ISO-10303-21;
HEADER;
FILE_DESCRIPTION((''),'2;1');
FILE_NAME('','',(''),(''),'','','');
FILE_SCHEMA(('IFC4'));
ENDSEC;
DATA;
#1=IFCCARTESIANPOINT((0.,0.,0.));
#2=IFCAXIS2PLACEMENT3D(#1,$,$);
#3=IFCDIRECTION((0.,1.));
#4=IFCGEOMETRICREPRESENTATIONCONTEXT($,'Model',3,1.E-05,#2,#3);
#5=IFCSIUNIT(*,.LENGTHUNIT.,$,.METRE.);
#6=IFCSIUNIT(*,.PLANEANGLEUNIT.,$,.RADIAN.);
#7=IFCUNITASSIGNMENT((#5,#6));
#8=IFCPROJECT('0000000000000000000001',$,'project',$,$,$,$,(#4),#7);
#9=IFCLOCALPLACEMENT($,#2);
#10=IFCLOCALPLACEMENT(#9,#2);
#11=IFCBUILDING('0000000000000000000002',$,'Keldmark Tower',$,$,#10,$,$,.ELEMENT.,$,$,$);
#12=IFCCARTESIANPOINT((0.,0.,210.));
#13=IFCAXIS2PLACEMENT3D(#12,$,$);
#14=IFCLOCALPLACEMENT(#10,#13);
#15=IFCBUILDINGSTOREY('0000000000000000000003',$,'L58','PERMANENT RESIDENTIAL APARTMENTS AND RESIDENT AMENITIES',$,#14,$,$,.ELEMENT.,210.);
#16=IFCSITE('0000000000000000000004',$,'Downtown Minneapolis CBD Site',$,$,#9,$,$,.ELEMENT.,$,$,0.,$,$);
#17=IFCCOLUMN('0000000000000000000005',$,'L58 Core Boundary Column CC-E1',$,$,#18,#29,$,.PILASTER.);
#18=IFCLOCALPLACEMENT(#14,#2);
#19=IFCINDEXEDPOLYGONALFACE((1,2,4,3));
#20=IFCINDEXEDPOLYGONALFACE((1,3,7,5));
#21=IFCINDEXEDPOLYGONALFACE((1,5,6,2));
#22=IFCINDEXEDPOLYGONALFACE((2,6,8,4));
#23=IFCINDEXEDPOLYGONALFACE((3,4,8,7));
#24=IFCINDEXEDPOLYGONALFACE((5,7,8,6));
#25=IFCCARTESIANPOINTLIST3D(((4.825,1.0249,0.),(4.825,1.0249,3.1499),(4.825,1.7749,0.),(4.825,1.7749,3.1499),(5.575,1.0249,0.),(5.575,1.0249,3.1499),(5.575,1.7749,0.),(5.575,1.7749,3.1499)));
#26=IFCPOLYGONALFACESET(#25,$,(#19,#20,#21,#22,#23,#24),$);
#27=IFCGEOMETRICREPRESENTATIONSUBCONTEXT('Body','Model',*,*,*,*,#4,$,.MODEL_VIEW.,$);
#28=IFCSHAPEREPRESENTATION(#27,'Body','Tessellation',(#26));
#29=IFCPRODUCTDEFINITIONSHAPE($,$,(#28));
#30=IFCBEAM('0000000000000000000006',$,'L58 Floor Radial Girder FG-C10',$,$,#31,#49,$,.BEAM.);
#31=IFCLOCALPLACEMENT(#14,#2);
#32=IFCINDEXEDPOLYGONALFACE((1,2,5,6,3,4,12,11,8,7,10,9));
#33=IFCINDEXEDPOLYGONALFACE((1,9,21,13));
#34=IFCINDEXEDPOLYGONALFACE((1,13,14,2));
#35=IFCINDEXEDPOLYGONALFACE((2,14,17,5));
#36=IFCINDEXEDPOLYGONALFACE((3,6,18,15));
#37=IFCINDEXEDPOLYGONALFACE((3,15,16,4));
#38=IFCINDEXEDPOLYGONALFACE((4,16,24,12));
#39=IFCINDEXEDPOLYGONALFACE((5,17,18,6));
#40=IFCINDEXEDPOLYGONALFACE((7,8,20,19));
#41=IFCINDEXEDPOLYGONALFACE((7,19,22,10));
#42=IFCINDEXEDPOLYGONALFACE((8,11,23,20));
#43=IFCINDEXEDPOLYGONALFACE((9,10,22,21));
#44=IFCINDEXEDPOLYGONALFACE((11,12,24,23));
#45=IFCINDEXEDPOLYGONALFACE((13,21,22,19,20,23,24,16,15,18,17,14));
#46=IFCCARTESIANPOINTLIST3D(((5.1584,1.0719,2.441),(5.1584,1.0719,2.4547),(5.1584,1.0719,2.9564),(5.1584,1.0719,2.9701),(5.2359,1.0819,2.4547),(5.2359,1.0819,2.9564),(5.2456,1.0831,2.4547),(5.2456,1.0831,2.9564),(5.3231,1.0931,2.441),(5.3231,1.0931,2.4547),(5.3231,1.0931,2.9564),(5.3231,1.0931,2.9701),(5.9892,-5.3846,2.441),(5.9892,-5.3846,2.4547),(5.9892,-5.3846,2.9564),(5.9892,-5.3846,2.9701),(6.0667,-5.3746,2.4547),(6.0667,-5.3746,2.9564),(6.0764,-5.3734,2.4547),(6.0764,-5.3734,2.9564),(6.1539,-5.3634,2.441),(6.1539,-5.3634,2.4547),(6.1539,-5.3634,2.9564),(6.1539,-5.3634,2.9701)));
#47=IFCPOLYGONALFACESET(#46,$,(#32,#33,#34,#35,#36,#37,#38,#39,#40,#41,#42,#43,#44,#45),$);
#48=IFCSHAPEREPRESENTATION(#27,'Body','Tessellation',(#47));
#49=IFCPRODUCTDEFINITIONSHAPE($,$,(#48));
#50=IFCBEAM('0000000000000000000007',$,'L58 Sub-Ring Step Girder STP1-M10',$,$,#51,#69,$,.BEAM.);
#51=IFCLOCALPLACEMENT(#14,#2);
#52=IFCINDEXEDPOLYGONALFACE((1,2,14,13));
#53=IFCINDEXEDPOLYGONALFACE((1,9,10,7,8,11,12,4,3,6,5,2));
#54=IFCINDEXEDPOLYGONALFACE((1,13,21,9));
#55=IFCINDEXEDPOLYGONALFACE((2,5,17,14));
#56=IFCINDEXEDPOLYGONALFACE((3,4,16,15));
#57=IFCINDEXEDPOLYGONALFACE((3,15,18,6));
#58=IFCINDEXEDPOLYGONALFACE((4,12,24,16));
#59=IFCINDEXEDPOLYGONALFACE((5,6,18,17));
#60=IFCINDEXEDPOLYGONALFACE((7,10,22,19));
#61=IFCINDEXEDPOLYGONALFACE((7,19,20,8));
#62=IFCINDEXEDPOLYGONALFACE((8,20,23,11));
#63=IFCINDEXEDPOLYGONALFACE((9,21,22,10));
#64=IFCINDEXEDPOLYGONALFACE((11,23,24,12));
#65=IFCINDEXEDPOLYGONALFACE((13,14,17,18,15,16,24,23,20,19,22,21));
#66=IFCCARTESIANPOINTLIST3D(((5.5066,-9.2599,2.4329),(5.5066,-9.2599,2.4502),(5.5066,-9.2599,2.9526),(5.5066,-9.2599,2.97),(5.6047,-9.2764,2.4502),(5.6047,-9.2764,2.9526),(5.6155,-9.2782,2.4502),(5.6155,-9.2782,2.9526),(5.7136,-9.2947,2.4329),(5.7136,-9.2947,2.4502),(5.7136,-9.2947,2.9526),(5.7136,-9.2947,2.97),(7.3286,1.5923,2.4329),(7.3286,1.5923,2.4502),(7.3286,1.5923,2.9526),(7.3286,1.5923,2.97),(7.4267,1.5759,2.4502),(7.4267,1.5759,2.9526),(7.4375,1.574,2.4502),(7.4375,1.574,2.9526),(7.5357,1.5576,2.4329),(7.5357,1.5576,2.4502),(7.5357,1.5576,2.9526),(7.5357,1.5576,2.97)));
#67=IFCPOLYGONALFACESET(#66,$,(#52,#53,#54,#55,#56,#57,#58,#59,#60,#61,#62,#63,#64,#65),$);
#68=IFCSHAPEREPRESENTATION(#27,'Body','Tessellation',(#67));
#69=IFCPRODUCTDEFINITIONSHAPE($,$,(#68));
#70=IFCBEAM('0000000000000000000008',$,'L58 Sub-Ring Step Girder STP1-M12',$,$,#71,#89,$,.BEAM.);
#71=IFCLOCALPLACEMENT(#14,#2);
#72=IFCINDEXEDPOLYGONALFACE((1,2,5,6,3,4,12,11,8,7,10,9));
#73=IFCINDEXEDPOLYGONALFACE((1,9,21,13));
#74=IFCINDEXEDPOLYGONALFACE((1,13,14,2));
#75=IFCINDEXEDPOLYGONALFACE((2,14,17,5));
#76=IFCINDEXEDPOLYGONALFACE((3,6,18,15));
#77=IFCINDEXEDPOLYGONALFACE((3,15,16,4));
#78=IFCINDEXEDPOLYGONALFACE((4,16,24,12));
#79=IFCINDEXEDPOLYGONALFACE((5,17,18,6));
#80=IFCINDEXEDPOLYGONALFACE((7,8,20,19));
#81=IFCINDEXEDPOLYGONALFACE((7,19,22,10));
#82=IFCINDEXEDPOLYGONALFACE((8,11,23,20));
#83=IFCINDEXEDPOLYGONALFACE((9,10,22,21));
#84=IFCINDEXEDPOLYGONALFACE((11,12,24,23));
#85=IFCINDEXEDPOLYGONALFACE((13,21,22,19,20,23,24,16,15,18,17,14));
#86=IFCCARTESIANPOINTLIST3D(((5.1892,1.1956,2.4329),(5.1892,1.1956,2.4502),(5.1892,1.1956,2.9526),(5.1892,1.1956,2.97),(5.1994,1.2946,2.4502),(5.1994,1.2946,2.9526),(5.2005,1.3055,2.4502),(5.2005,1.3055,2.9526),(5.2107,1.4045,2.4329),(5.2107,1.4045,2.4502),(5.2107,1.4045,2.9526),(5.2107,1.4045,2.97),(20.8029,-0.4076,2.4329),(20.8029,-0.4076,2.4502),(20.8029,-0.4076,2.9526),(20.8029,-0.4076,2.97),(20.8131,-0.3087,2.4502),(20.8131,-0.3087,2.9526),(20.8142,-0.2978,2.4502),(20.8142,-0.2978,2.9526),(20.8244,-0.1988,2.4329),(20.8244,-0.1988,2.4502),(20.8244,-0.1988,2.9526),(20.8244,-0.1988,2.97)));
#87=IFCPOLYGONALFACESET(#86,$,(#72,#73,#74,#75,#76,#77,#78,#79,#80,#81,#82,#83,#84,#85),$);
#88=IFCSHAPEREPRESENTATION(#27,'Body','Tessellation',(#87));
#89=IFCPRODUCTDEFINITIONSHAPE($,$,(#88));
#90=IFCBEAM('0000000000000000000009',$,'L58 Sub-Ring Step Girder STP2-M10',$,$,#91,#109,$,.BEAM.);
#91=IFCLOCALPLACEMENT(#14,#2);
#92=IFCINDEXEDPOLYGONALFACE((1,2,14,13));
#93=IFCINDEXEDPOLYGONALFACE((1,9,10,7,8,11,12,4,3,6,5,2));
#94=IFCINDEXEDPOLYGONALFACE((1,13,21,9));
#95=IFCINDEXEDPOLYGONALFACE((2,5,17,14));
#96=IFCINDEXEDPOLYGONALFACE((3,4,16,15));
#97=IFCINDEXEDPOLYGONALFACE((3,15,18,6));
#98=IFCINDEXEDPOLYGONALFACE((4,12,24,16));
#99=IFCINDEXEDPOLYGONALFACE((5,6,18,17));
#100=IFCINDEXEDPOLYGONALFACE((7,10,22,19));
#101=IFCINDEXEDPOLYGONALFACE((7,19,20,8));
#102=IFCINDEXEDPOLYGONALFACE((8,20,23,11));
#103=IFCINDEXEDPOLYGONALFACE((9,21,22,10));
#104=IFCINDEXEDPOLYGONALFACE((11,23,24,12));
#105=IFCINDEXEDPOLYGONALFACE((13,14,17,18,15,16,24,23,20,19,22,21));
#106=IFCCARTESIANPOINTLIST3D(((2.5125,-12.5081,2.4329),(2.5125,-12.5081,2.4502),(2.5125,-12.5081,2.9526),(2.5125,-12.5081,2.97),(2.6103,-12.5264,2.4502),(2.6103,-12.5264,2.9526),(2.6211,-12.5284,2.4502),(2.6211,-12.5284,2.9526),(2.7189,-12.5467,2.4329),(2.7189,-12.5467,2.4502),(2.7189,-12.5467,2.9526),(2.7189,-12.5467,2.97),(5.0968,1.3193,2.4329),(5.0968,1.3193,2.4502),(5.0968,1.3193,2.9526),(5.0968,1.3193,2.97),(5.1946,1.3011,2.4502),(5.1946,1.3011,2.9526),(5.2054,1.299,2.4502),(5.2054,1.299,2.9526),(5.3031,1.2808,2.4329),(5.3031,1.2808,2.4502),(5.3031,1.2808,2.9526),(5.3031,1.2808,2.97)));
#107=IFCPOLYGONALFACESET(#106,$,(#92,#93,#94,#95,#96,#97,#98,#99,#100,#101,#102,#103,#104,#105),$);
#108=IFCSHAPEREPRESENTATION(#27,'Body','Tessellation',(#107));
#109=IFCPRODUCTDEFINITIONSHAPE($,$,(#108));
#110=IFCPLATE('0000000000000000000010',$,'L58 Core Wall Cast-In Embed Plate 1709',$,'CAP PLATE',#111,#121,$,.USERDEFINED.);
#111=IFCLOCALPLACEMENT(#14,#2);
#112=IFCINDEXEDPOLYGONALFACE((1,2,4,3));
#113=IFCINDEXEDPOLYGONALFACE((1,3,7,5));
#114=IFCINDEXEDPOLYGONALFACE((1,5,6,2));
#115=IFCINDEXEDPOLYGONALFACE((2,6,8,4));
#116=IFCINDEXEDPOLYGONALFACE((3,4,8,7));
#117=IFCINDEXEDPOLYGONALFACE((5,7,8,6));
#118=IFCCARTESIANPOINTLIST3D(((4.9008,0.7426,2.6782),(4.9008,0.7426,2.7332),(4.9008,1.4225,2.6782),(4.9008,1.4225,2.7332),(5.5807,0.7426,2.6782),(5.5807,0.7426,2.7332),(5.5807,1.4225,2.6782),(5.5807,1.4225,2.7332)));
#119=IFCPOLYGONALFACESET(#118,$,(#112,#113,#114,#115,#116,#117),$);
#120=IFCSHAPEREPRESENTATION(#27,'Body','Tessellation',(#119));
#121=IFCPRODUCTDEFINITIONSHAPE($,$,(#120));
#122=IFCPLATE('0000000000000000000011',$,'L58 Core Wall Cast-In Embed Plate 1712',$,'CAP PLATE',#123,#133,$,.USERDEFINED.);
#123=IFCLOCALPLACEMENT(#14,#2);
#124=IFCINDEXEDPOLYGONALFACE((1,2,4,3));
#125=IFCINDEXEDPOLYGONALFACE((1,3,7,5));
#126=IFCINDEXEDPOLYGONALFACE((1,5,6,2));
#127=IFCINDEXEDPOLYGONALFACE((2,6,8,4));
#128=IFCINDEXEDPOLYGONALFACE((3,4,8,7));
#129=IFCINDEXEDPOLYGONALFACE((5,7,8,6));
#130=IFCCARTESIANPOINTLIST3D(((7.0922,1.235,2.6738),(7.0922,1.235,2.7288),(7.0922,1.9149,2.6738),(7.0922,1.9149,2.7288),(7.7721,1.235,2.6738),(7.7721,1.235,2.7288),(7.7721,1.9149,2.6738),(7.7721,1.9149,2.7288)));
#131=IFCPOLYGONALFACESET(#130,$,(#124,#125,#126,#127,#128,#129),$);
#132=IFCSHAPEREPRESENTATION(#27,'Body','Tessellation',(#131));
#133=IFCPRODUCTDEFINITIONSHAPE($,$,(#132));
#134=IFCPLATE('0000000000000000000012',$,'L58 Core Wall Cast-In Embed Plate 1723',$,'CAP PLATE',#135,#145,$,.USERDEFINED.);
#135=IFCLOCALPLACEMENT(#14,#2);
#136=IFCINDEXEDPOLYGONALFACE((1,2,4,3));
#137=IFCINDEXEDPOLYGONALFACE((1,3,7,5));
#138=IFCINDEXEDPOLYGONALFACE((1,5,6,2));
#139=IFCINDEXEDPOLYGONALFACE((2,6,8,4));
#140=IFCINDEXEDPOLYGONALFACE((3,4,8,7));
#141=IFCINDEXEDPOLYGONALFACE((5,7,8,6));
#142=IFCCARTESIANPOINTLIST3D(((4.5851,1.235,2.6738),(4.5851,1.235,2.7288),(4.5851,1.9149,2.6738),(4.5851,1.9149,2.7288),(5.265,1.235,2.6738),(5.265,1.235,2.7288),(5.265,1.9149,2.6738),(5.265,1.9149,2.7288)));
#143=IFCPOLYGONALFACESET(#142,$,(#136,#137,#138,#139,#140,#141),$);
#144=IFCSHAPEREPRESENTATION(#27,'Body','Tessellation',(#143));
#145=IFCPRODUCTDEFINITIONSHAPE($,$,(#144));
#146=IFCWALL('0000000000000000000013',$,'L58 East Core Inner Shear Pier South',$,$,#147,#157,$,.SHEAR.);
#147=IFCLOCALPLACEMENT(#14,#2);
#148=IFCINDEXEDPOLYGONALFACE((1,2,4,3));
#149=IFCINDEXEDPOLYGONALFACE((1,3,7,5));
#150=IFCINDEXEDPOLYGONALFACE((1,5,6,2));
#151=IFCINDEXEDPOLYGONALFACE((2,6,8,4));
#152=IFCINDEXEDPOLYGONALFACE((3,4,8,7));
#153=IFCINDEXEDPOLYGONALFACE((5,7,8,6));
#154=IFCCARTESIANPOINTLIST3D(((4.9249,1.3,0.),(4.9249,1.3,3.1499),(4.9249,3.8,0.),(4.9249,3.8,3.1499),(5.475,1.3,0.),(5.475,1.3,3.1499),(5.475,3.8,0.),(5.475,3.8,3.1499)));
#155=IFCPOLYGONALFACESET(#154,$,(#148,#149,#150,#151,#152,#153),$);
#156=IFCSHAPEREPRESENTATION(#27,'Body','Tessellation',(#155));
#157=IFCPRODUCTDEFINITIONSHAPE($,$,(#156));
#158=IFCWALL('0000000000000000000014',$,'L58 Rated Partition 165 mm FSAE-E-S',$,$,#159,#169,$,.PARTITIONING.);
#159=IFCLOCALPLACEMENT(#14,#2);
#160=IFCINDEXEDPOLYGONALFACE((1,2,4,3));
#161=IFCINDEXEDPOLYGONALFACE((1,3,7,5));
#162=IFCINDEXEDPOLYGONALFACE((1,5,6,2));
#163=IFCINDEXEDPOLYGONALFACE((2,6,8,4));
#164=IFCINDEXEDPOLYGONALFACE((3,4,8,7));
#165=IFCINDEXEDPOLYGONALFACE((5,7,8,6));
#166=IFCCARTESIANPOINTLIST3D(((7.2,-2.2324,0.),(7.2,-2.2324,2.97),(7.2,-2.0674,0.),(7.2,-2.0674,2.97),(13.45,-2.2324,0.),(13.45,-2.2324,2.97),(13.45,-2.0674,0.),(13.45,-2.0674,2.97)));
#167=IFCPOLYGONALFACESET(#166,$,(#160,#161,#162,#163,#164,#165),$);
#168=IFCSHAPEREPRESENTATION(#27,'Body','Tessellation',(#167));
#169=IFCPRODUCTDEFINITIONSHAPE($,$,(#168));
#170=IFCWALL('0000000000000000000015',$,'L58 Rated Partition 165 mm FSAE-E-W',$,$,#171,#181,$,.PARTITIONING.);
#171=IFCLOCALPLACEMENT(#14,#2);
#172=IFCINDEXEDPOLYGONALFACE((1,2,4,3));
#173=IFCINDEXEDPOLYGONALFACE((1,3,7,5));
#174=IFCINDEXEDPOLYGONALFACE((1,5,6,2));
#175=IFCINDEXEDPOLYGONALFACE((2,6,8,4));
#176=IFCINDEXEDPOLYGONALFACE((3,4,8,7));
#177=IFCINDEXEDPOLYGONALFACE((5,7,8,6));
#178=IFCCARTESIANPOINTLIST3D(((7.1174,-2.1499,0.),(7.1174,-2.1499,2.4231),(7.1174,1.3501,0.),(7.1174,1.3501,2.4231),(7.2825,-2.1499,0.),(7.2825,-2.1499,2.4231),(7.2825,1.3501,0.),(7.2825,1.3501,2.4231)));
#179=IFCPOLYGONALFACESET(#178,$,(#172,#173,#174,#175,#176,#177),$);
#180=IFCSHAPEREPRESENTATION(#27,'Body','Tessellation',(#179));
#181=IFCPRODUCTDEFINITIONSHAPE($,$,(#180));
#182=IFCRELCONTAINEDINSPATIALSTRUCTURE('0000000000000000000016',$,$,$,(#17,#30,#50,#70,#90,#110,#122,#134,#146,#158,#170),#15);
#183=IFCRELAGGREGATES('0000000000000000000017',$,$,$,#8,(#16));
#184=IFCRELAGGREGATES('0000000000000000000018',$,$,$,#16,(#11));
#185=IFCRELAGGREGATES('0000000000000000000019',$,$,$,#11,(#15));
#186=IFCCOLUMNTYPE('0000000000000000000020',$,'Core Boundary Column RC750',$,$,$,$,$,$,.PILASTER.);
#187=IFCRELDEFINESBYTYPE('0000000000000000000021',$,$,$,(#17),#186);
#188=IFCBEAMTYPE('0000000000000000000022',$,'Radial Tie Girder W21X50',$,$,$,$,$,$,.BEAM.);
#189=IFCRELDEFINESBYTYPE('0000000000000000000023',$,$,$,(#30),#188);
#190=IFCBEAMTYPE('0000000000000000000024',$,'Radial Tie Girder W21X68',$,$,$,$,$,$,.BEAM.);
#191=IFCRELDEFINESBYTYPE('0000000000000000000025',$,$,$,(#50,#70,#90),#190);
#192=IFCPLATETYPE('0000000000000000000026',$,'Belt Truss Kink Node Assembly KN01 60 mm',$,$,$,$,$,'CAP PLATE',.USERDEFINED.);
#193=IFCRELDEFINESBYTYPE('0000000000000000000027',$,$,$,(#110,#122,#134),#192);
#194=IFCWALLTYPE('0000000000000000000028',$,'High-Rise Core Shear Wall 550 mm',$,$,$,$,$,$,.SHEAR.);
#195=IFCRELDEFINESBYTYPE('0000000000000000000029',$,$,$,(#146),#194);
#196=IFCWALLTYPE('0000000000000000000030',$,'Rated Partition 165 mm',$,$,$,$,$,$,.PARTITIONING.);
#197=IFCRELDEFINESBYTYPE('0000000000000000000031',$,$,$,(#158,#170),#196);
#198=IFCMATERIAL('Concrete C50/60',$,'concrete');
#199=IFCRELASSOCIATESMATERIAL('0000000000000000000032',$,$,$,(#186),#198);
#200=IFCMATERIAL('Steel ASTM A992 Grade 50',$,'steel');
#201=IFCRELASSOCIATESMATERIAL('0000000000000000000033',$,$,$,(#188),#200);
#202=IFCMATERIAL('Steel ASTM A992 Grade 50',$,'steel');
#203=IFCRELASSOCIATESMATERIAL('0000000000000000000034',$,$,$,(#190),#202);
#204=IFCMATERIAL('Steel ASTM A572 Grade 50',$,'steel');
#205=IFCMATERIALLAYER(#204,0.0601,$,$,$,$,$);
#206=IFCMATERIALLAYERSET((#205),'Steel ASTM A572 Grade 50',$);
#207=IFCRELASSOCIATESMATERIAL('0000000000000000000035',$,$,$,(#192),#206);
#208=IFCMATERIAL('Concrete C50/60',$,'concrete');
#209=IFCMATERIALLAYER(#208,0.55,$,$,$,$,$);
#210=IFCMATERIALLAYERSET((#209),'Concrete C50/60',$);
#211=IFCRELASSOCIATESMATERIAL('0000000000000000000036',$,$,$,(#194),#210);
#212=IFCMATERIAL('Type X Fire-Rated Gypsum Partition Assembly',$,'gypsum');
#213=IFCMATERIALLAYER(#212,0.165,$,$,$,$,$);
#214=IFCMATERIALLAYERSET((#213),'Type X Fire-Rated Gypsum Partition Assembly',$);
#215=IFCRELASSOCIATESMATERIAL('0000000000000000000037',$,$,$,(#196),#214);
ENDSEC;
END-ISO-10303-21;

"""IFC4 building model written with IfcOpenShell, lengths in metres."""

from ifc_helpers import new_model, si_unit, direction, frame, frame_2d, origin, origin_2d, place, context, subcontext, project, spatial, rectangle, i_section, extrude, material, layer, layer_set, material_profile, profile_set, type_object, element, save


model = new_model("IFC4")

# Units and contexts
model_context = context("Model", 3, precision=1e-05, world=origin(), true_north=direction((0.0, 1.0)))
body_context = subcontext(model_context, "Body", "Model", "MODEL_VIEW")
ifc_project = project(units=[si_unit("LENGTHUNIT", "METRE"), si_unit("PLANEANGLEUNIT", "RADIAN")], contexts=[model_context])

# Site, building, storey
site_placement = place(None, origin())
site = spatial("IfcSite", under=ifc_project, at=site_placement, Name="Downtown Minneapolis CBD Site", CompositionType="ELEMENT", RefElevation=0.0)
building_placement = place(site_placement, origin())
building = spatial("IfcBuilding", under=site, at=building_placement, Name="Keldmark Tower", CompositionType="ELEMENT")
storey_placement = place(building_placement, frame((0.0, 0.0, 210.0)))
storey = spatial("IfcBuildingStorey", under=building, at=storey_placement, Name="L58", Description="PERMANENT RESIDENTIAL APARTMENTS AND RESIDENT AMENITIES", CompositionType="ELEMENT", Elevation=210.0)

# Column
ifc_material_1 = material(Name="Concrete C50/60", Category="concrete")
ifc_material_profile_1 = material_profile(ifc_material_1, rectangle(XDim=0.75, YDim=0.75, at=origin_2d()), Name="RC750X750")
ifc_profile_set_1 = profile_set([ifc_material_profile_1], Name="Concrete C50/60")
column_type = type_object("IfcColumnType", Name="Core Boundary Column RC750", PredefinedType="PILASTER", material=ifc_profile_set_1)
column_placement = place(storey_placement, frame((5.2, 1.3999, 0.0), z_axis=(0.0, 0.0, 1.0), x_axis=(1.0, 0.0, 0.0)))
element("IfcColumn", 1, at=column_placement, inside=storey, type_object=column_type, Name="L58 Core Boundary Column CC-E1", PredefinedType="PILASTER", context=body_context, shape_type="SweptSolid", body=[
    extrude(rectangle(XDim=0.75, YDim=0.75, at=origin_2d()), origin(), (0.0, 0.0, 1.0), 3.1499),
])

# Beams
ifc_material_2 = material(Name="Steel ASTM A992 Grade 50", Category="steel")
ifc_material_profile_2 = material_profile(ifc_material_2, i_section(OverallWidth=0.166, OverallDepth=0.5291, WebThickness=0.0098, FlangeThickness=0.0137, at=origin_2d()), Name="W21X50")
ifc_profile_set_2 = profile_set([ifc_material_profile_2], Name="Steel ASTM A992 Grade 50")
beam_type_1 = type_object("IfcBeamType", Name="Radial Tie Girder W21X50", PredefinedType="BEAM", material=ifc_profile_set_2)
beam_1_placement = place(storey_placement, frame((6.0715, -5.374, 2.7056), z_axis=(-0.127625, 0.991822, 0.0), x_axis=(-0.991822, -0.127625, 0.0)))
element("IfcBeam", 2, at=beam_1_placement, inside=storey, type_object=beam_type_1, Name="L58 Floor Radial Girder FG-C10", PredefinedType="BEAM", context=body_context, shape_type="SweptSolid", body=[
    extrude(i_section(OverallWidth=0.166, OverallDepth=0.5291, WebThickness=0.0098, FlangeThickness=0.0137, at=origin_2d()), origin(), (0.0, 0.0, 1.0), 6.5098),
])
ifc_material_3 = material(Name="Steel ASTM A992 Grade 50", Category="steel")
ifc_material_profile_3 = material_profile(ifc_material_3, i_section(OverallWidth=0.21, OverallDepth=0.5371, WebThickness=0.011, FlangeThickness=0.0173, at=origin_2d()), Name="W21X68")
ifc_profile_set_3 = profile_set([ifc_material_profile_3], Name="Steel ASTM A992 Grade 50")
beam_type_2 = type_object("IfcBeamType", Name="Radial Tie Girder W21X68", PredefinedType="BEAM", material=ifc_profile_set_3)
beam_2_placement = place(storey_placement, frame((7.4321, 1.575, 2.7014), z_axis=(-0.165575, -0.986197, 0.0), x_axis=(0.986197, -0.165575, 0.0)))
element("IfcBeam", 3, at=beam_2_placement, inside=storey, type_object=beam_type_2, Name="L58 Sub-Ring Step Girder STP1-M10", PredefinedType="BEAM", context=body_context, shape_type="SweptSolid", body=[
    extrude(i_section(OverallWidth=0.21, OverallDepth=0.5371, WebThickness=0.011, FlangeThickness=0.0173, at=origin_2d()), origin(), (0.0, 0.0, 1.0), 11.0042),
])
beam_3_placement = place(storey_placement, frame((5.2, 1.3, 2.7014), z_axis=(0.994769, -0.102146, 0.0), x_axis=(0.102146, 0.994769, 0.0)))
element("IfcBeam", 4, at=beam_3_placement, inside=storey, type_object=beam_type_2, Name="L58 Sub-Ring Step Girder STP1-M12", PredefinedType="BEAM", context=body_context, shape_type="SweptSolid", body=[
    extrude(i_section(OverallWidth=0.21, OverallDepth=0.5371, WebThickness=0.011, FlangeThickness=0.0173, at=origin_2d()), origin(), (0.0, 0.0, 1.0), 15.6958),
])
beam_4_placement = place(storey_placement, frame((5.2, 1.3, 2.7014), z_axis=(-0.183711, -0.98298, 0.0), x_axis=(0.98298, -0.183711, 0.0)))
element("IfcBeam", 5, at=beam_4_placement, inside=storey, type_object=beam_type_2, Name="L58 Sub-Ring Step Girder STP2-M10", PredefinedType="BEAM", context=body_context, shape_type="SweptSolid", body=[
    extrude(i_section(OverallWidth=0.21, OverallDepth=0.5371, WebThickness=0.011, FlangeThickness=0.0173, at=origin_2d()), origin(), (0.0, 0.0, 1.0), 14.0669),
])

# Plates
ifc_material_4 = material(Name="Steel ASTM A572 Grade 50", Category="steel")
ifc_layer_1 = layer(ifc_material_4, 0.0601)
ifc_layer_set_1 = layer_set([ifc_layer_1], Name="Steel ASTM A572 Grade 50")
plate_type = type_object("IfcPlateType", Name="Belt Truss Kink Node Assembly KN01 60 mm", ElementType="CAP PLATE", PredefinedType="USERDEFINED", material=ifc_layer_set_1)
for number, where, z_axis, x_axis, name in (
    (6, (5.2407, 1.0825, 2.6782), (0.0, 0.0, 1.0), (1.0, 0.0, 0.0), "L58 Core Wall Cast-In Embed Plate 1709"),
    (7, (7.4321, 1.575, 2.6738), (0.0, 0.0, 1.0), (1.0, 0.0, 0.0), "L58 Core Wall Cast-In Embed Plate 1712"),
    (8, (4.925, 1.575, 2.6738), (0.0, 0.0, 1.0), (1.0, 0.0, 0.0), "L58 Core Wall Cast-In Embed Plate 1723"),
):
    element("IfcPlate", number, at=place(storey_placement, frame(where, z_axis=z_axis, x_axis=x_axis)), inside=storey, type_object=plate_type, Name=name, ObjectType="CAP PLATE", PredefinedType="USERDEFINED", context=body_context, shape_type="SweptSolid", body=[
        extrude(rectangle(XDim=0.6799, YDim=0.6799, at=origin_2d()), origin(), (0.0, 0.0, 1.0), 0.0549),
    ])

# Walls
ifc_material_5 = material(Name="Concrete C50/60", Category="concrete")
ifc_layer_2 = layer(ifc_material_5, 0.55)
ifc_layer_set_2 = layer_set([ifc_layer_2], Name="Concrete C50/60")
wall_type_1 = type_object("IfcWallType", Name="High-Rise Core Shear Wall 550 mm", PredefinedType="SHEAR", material=ifc_layer_set_2)
wall_1_placement = place(storey_placement, frame((5.2, 1.3, 0.0), z_axis=(0.0, 0.0, 1.0), x_axis=(0.0, 1.0, 0.0)))
element("IfcWall", 9, at=wall_1_placement, inside=storey, type_object=wall_type_1, Name="L58 East Core Inner Shear Pier South", PredefinedType="SHEAR", context=body_context, shape_type="SweptSolid", body=[
    extrude(rectangle(XDim=2.5, YDim=0.55, at=frame_2d((1.25, 0.0))), origin(), (0.0, 0.0, 1.0), 3.1499),
])
ifc_material_6 = material(Name="Type X Fire-Rated Gypsum Partition Assembly", Category="gypsum")
ifc_layer_3 = layer(ifc_material_6, 0.165)
ifc_layer_set_3 = layer_set([ifc_layer_3], Name="Type X Fire-Rated Gypsum Partition Assembly")
wall_type_2 = type_object("IfcWallType", Name="Rated Partition 165 mm", PredefinedType="PARTITIONING", material=ifc_layer_set_3)
wall_2_placement = place(storey_placement, frame((7.2, -2.1499, 0.0), z_axis=(0.0, 0.0, 1.0), x_axis=(1.0, 0.0, 0.0)))
element("IfcWall", 10, at=wall_2_placement, inside=storey, type_object=wall_type_2, Name="L58 Rated Partition 165 mm FSAE-E-S", PredefinedType="PARTITIONING", context=body_context, shape_type="SweptSolid", body=[
    extrude(rectangle(XDim=6.25, YDim=0.165, at=frame_2d((3.125, 0.0))), origin(), (0.0, 0.0, 1.0), 2.97),
])
wall_3_placement = place(storey_placement, frame((7.2, -2.1499, 0.0), z_axis=(0.0, 0.0, 1.0), x_axis=(0.0, 1.0, 0.0)))
element("IfcWall", 11, at=wall_3_placement, inside=storey, type_object=wall_type_2, Name="L58 Rated Partition 165 mm FSAE-E-W", PredefinedType="PARTITIONING", context=body_context, shape_type="SweptSolid", body=[
    extrude(rectangle(XDim=3.5, YDim=0.165, at=frame_2d((1.75, 0.0))), origin(), (0.0, 0.0, 1.0), 2.4231),
])

save(model, "model.ifc")
